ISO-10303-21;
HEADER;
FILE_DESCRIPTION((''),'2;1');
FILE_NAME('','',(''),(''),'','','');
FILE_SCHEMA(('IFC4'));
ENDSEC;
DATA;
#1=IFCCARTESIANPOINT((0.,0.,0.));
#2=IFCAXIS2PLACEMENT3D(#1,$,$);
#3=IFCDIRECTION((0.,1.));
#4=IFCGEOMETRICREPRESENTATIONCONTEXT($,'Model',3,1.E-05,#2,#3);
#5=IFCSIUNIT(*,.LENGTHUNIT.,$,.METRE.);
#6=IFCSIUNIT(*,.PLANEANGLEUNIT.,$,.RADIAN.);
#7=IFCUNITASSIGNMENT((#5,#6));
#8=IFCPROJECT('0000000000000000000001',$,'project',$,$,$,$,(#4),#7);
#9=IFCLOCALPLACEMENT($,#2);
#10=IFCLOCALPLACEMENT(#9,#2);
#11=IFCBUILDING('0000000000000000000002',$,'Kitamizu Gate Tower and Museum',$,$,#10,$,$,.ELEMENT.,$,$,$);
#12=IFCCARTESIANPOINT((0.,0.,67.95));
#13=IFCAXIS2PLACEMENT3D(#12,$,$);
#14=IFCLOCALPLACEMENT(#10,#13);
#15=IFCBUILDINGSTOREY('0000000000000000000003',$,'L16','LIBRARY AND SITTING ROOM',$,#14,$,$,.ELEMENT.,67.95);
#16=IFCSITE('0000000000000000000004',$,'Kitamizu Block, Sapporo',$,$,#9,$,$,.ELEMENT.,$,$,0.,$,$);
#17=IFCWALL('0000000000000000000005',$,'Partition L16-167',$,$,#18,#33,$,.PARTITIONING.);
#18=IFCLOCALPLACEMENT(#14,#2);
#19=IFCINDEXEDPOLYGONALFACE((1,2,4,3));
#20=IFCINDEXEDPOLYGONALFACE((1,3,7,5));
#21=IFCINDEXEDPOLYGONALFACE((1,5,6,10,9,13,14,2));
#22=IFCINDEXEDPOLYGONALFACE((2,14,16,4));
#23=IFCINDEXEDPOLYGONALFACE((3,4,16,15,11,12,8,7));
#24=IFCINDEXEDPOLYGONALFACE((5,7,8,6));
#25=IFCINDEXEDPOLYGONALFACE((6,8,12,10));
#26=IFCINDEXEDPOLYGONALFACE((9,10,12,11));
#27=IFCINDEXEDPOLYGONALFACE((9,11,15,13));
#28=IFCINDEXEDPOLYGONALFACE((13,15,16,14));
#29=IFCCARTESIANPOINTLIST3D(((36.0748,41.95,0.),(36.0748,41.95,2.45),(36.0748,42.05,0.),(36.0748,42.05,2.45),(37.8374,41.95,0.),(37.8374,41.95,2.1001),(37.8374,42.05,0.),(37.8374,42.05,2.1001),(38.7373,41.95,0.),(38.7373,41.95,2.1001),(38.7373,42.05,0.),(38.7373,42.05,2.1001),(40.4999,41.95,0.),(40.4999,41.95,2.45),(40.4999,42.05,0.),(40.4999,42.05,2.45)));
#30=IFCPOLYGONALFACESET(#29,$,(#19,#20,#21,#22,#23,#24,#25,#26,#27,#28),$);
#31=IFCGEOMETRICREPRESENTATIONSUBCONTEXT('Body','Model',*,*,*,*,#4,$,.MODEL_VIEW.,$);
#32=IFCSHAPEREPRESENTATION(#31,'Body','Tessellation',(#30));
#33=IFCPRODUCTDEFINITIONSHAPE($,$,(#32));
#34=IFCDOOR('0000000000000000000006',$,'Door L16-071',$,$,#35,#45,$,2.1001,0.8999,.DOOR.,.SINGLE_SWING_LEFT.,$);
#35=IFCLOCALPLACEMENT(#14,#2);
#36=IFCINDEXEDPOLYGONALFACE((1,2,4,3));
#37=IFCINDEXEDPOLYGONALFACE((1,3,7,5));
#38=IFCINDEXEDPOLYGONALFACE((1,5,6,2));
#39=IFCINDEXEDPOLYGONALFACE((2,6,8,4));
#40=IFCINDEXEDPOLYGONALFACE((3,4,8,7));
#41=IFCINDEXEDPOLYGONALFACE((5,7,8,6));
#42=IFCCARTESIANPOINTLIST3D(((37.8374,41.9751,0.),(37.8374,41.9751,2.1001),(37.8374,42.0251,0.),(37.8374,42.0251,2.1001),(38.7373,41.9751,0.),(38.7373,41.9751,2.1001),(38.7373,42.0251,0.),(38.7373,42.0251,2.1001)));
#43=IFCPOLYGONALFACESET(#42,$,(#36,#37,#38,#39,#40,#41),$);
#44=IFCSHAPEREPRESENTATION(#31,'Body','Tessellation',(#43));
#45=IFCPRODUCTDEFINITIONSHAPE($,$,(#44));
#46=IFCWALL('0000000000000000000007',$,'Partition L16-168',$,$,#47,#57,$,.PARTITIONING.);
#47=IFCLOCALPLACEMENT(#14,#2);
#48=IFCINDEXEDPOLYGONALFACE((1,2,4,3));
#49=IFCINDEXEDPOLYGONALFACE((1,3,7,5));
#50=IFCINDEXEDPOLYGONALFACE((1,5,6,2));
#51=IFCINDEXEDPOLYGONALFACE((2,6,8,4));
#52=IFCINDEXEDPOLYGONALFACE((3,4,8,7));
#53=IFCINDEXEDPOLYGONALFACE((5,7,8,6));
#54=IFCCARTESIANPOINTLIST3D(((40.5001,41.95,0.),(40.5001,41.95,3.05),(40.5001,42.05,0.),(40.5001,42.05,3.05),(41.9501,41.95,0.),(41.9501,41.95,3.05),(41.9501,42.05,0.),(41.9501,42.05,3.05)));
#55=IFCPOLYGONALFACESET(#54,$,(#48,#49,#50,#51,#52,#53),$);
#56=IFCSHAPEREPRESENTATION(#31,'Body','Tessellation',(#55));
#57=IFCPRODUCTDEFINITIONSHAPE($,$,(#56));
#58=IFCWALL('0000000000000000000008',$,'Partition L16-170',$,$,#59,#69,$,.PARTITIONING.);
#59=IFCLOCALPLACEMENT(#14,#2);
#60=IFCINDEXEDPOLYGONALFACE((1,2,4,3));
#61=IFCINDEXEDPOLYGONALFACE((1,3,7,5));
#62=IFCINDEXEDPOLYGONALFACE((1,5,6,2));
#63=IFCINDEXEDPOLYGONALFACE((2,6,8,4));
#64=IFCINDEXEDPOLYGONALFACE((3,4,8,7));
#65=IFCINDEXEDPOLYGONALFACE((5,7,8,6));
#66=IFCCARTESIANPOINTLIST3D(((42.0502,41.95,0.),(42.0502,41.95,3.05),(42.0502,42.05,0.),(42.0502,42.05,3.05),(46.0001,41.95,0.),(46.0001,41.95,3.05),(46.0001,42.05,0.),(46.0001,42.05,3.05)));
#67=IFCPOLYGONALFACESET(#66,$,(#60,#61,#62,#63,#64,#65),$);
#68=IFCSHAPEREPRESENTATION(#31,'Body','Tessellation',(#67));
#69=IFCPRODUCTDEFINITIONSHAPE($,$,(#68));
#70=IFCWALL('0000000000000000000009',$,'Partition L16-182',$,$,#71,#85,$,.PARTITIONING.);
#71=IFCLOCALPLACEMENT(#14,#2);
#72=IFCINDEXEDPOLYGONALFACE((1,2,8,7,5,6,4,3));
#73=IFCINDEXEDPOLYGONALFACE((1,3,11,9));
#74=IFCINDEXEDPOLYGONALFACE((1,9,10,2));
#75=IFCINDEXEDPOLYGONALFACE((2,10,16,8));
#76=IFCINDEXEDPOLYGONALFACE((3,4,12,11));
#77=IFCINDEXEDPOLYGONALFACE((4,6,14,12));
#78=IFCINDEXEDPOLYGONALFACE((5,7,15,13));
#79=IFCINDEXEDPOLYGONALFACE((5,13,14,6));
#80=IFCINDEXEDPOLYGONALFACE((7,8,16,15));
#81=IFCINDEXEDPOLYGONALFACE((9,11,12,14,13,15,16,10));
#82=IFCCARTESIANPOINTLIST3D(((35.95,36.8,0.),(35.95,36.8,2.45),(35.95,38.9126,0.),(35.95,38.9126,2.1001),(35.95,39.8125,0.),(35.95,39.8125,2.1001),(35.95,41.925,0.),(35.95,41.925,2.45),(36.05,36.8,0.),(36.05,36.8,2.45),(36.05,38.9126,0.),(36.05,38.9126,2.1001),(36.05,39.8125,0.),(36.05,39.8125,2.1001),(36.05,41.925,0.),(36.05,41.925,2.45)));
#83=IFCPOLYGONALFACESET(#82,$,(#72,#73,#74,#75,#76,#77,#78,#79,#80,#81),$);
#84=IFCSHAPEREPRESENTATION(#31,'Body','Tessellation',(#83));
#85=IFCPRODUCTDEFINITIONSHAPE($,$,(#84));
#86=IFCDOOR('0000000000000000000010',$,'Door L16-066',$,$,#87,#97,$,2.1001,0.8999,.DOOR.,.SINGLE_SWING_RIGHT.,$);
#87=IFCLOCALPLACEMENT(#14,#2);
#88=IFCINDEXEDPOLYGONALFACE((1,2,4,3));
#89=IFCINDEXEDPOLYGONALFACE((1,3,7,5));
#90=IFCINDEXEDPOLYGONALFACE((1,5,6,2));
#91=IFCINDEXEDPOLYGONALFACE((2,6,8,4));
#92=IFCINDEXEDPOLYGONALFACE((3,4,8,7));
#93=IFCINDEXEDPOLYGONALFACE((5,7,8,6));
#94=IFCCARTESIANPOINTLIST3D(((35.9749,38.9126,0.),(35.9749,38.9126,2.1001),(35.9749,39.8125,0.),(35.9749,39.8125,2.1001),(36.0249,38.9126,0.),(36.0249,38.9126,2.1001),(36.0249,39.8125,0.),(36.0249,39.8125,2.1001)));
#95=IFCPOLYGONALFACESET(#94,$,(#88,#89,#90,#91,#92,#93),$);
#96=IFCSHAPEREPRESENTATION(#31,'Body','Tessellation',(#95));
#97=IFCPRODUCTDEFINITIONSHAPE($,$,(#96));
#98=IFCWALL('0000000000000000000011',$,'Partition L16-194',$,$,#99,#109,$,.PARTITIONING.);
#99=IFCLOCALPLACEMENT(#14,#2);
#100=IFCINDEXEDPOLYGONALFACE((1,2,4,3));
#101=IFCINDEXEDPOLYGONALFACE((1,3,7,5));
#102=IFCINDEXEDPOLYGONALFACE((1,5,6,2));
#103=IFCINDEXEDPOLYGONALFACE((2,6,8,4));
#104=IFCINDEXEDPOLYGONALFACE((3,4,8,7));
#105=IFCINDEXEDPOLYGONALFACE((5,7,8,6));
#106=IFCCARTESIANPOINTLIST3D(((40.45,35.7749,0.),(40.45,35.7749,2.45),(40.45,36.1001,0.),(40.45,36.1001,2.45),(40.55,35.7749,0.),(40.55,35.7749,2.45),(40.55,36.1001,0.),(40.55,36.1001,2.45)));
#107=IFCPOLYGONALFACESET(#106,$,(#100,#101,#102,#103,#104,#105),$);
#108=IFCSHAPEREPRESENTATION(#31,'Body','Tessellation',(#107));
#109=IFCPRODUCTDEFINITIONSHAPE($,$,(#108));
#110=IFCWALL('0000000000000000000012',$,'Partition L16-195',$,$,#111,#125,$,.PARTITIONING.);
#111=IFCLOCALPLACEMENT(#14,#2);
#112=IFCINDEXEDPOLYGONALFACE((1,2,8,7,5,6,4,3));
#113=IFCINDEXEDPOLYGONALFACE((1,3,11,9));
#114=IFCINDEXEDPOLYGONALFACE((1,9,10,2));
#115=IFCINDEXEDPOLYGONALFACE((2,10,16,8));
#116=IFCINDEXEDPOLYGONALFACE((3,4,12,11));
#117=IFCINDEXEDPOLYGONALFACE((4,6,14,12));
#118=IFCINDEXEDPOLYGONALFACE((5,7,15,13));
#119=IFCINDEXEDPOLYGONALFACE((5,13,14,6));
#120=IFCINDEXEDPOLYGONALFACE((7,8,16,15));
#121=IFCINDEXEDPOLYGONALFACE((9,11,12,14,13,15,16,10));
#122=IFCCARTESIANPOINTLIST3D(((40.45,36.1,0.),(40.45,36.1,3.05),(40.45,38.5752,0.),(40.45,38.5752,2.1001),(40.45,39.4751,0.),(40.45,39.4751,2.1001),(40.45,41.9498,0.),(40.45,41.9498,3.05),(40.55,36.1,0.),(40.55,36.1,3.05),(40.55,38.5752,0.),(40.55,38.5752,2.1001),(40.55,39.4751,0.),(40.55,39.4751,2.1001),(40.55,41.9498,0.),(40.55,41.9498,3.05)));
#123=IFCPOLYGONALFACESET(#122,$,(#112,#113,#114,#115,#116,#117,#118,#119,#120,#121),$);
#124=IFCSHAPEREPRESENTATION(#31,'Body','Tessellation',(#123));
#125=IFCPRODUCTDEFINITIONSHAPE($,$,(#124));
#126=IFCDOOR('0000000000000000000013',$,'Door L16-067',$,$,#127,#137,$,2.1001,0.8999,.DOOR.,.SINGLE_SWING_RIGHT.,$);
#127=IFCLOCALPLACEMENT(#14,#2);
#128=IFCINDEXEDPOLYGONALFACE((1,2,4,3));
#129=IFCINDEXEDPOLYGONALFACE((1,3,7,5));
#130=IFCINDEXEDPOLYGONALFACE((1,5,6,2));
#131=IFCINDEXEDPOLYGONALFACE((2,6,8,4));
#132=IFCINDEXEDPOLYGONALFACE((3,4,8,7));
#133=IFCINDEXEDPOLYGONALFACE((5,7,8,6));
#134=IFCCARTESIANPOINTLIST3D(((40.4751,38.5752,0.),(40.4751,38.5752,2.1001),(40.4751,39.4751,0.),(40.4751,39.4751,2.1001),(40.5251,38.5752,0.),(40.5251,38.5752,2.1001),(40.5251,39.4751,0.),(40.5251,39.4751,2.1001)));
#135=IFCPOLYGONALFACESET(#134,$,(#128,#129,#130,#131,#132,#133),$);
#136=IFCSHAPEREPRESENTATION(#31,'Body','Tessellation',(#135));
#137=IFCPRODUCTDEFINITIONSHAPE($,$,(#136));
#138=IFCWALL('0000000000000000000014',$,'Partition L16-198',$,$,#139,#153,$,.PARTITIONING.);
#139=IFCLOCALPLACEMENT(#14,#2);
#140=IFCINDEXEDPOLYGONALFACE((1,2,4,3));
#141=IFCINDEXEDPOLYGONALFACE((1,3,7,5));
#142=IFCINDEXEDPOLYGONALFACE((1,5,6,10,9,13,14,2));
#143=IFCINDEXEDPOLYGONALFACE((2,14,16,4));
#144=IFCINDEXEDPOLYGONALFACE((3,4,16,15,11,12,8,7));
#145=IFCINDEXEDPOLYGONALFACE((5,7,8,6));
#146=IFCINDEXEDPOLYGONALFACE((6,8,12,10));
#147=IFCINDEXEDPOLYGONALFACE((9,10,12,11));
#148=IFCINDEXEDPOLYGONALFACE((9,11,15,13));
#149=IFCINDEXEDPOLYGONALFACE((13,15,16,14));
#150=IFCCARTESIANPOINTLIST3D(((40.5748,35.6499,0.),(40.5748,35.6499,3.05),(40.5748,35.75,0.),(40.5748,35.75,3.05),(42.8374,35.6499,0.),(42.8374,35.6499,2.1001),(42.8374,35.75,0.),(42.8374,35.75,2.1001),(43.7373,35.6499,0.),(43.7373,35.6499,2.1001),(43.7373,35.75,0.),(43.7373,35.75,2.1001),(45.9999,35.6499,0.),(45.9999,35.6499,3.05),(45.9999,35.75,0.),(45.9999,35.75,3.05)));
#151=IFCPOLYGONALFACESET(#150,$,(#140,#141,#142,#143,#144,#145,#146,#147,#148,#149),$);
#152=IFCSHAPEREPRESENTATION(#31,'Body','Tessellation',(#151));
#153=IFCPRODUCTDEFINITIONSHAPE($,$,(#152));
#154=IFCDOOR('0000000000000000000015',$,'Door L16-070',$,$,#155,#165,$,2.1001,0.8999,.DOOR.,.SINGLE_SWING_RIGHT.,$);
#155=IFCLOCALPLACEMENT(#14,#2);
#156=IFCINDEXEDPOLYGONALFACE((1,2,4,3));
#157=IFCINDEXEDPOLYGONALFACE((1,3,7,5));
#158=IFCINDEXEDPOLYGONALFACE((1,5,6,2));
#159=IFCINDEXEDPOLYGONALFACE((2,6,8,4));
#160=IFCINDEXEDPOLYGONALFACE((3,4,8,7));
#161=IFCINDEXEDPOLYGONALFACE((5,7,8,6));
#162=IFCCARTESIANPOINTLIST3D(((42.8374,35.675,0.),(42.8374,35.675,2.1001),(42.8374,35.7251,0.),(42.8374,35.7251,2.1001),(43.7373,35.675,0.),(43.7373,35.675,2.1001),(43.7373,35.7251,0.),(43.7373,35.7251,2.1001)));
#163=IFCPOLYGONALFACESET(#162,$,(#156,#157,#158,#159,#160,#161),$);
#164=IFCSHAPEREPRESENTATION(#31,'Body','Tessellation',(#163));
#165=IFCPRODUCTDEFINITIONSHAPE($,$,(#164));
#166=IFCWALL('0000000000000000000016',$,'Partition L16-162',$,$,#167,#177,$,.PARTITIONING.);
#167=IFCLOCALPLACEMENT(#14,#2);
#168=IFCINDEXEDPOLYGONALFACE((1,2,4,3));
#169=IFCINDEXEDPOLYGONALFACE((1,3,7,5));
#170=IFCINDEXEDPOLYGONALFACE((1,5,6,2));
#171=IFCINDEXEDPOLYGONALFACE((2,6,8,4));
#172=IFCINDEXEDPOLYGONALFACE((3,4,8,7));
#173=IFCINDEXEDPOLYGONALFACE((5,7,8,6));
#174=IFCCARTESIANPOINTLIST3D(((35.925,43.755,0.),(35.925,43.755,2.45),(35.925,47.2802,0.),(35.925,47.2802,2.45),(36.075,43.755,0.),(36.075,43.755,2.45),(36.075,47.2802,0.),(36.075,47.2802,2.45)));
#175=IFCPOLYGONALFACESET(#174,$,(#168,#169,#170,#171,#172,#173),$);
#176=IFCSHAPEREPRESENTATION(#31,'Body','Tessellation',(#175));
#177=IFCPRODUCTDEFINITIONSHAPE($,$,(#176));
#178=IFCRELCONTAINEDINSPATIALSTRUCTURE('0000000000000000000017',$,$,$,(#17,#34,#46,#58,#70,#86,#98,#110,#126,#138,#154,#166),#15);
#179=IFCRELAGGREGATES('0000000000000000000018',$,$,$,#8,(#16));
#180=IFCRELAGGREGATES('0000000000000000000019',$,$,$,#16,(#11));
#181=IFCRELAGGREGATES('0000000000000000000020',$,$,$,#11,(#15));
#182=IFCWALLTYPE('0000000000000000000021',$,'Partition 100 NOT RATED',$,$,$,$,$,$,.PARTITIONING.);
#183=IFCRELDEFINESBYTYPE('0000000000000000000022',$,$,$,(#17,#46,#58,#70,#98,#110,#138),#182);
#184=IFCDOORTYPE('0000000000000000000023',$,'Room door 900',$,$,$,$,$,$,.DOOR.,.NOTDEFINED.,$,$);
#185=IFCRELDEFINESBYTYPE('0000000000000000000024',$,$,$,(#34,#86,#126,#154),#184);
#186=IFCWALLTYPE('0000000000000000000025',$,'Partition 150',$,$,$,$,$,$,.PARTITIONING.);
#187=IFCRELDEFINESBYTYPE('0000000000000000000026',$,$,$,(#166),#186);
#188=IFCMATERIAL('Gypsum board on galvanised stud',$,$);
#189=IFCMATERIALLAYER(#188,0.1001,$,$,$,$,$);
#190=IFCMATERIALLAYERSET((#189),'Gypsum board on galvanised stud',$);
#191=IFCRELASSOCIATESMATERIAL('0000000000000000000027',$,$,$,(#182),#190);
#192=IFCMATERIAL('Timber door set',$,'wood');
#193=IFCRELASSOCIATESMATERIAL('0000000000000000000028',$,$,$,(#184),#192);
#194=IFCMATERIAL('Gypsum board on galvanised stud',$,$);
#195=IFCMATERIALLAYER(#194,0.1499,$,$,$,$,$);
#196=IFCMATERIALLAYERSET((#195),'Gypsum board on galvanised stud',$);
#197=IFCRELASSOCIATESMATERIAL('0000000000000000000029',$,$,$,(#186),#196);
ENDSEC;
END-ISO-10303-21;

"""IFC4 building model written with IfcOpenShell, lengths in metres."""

from ifc_helpers import new_model, si_unit, direction, frame, frame_2d, origin, place, context, subcontext, project, spatial, rectangle, extrude, material, layer, layer_set, type_object, element, fill, save


model = new_model("IFC4")

# Units and contexts
model_context = context("Model", 3, precision=1e-05, world=origin(), true_north=direction((0.0, 1.0)))
body_context = subcontext(model_context, "Body", "Model", "MODEL_VIEW")
ifc_project = project(units=[si_unit("LENGTHUNIT", "METRE"), si_unit("PLANEANGLEUNIT", "RADIAN")], contexts=[model_context])

# Site, building, storey
site_placement = place(None, origin())
site = spatial("IfcSite", under=ifc_project, at=site_placement, Name="Kitamizu Block, Sapporo", CompositionType="ELEMENT", RefElevation=0.0)
building_placement = place(site_placement, origin())
building = spatial("IfcBuilding", under=site, at=building_placement, Name="Kitamizu Gate Tower and Museum", CompositionType="ELEMENT")
storey_placement = place(building_placement, frame((0.0, 0.0, 67.95)))
storey = spatial("IfcBuildingStorey", under=building, at=storey_placement, Name="L16", Description="LIBRARY AND SITTING ROOM", CompositionType="ELEMENT", Elevation=67.95)

# Wall, opening, door
ifc_material_1 = material(Name="Gypsum board on galvanised stud")
ifc_layer_1 = layer(ifc_material_1, 0.1001)
ifc_layer_set_1 = layer_set([ifc_layer_1], Name="Gypsum board on galvanised stud")
wall_type_1 = type_object("IfcWallType", Name="Partition 100 NOT RATED", PredefinedType="PARTITIONING", material=ifc_layer_set_1)
ifc_material_2 = material(Name="Timber door set", Category="wood")
door_type_1 = type_object("IfcDoorType", Name="Room door 900", OperationType="NOTDEFINED", PredefinedType="DOOR", material=ifc_material_2)
wall_1_placement = place(storey_placement, frame((36.075, 42.0, 0.0), z_axis=(0.0, 0.0, 1.0), x_axis=(1.0, 0.0, 0.0)))
wall_1 = element("IfcWall", 1, at=wall_1_placement, inside=storey, type_object=wall_type_1, Name="Partition L16-167", PredefinedType="PARTITIONING", context=body_context, shape_type="SweptSolid", body=[
    extrude(rectangle(XDim=4.425, YDim=0.1001, at=frame_2d((2.2124, 0.0))), origin(), (0.0, 0.0, 1.0), 2.45),
])
opening_1_placement = place(wall_1_placement, frame((1.7625, 0.0, 0.0)))
opening_1 = element("IfcOpeningElement", 2, at=opening_1_placement, cuts=wall_1, PredefinedType="OPENING", context=body_context, shape_type="SweptSolid", body=[
    extrude(rectangle(XDim=0.8999, YDim=2.1001, at=frame_2d((0.45, 1.05))), frame((0.0, 0.0601, 0.0), z_axis=(0.0, -1.0, 0.0), x_axis=(1.0, 0.0, 0.0)), (0.0, 0.0, 1.0), 0.1201),
])
door_1_placement = place(opening_1_placement, frame((0.8999, 0.0, 0.0), x_axis=(-1.0, 0.0, 0.0)))
door_1 = element("IfcDoor", 3, at=door_1_placement, inside=storey, type_object=door_type_1, Name="Door L16-071", OperationType="SINGLE_SWING_LEFT", OverallHeight=2.1001, OverallWidth=0.8999, PredefinedType="DOOR", context=body_context, shape_type="SweptSolid", body=[
    extrude(rectangle(XDim=0.8999, YDim=2.1001, at=frame_2d((0.45, 1.05))), frame((0.0, 0.0249, 0.0), z_axis=(0.0, -1.0, 0.0), x_axis=(1.0, 0.0, 0.0)), (0.0, 0.0, 1.0), 0.05),
])
fill(opening_1, door_1)

# Walls
wall_2_placement = place(storey_placement, frame((40.5, 42.0, 0.0), z_axis=(0.0, 0.0, 1.0), x_axis=(1.0, 0.0, 0.0)))
element("IfcWall", 4, at=wall_2_placement, inside=storey, type_object=wall_type_1, Name="Partition L16-168", PredefinedType="PARTITIONING", context=body_context, shape_type="SweptSolid", body=[
    extrude(rectangle(XDim=1.45, YDim=0.1001, at=frame_2d((0.7251, 0.0))), origin(), (0.0, 0.0, 1.0), 3.05),
])
wall_3_placement = place(storey_placement, frame((42.05, 42.0, 0.0), z_axis=(0.0, 0.0, 1.0), x_axis=(1.0, 0.0, 0.0)))
element("IfcWall", 5, at=wall_3_placement, inside=storey, type_object=wall_type_1, Name="Partition L16-170", PredefinedType="PARTITIONING", context=body_context, shape_type="SweptSolid", body=[
    extrude(rectangle(XDim=3.95, YDim=0.1001, at=frame_2d((1.9751, 0.0))), origin(), (0.0, 0.0, 1.0), 3.05),
])

# Wall, opening, door
wall_4_placement = place(storey_placement, frame((36.0, 36.8, 0.0), z_axis=(0.0, 0.0, 1.0), x_axis=(0.0, 1.0, 0.0)))
wall_4 = element("IfcWall", 6, at=wall_4_placement, inside=storey, type_object=wall_type_1, Name="Partition L16-182", PredefinedType="PARTITIONING", context=body_context, shape_type="SweptSolid", body=[
    extrude(rectangle(XDim=5.125, YDim=0.1001, at=frame_2d((2.5625, 0.0))), origin(), (0.0, 0.0, 1.0), 2.45),
])
opening_2_placement = place(wall_4_placement, frame((2.1125, 0.0, 0.0)))
opening_2 = element("IfcOpeningElement", 7, at=opening_2_placement, cuts=wall_4, PredefinedType="OPENING", context=body_context, shape_type="SweptSolid", body=[
    extrude(rectangle(XDim=0.8999, YDim=2.1001, at=frame_2d((0.45, 1.05))), frame((0.0, 0.0601, 0.0), z_axis=(0.0, -1.0, 0.0), x_axis=(1.0, 0.0, 0.0)), (0.0, 0.0, 1.0), 0.1201),
])
door_2_placement = place(opening_2_placement, frame((0.8999, 0.0, 0.0), x_axis=(-1.0, 0.0, 0.0)))
door_2 = element("IfcDoor", 8, at=door_2_placement, inside=storey, type_object=door_type_1, Name="Door L16-066", OperationType="SINGLE_SWING_RIGHT", OverallHeight=2.1001, OverallWidth=0.8999, PredefinedType="DOOR", context=body_context, shape_type="SweptSolid", body=[
    extrude(rectangle(XDim=0.8999, YDim=2.1001, at=frame_2d((0.45, 1.05))), frame((0.0, 0.0249, 0.0), z_axis=(0.0, -1.0, 0.0), x_axis=(1.0, 0.0, 0.0)), (0.0, 0.0, 1.0), 0.05),
])
fill(opening_2, door_2)

# Wall
wall_5_placement = place(storey_placement, frame((40.5, 35.7749, 0.0), z_axis=(0.0, 0.0, 1.0), x_axis=(0.0, 1.0, 0.0)))
element("IfcWall", 9, at=wall_5_placement, inside=storey, type_object=wall_type_1, Name="Partition L16-194", PredefinedType="PARTITIONING", context=body_context, shape_type="SweptSolid", body=[
    extrude(rectangle(XDim=0.3252, YDim=0.1001, at=frame_2d((0.1626, 0.0))), origin(), (0.0, 0.0, 1.0), 2.45),
])

# Walls, openings, doors
wall_6_placement = place(storey_placement, frame((40.5, 36.1001, 0.0), z_axis=(0.0, 0.0, 1.0), x_axis=(0.0, 1.0, 0.0)))
wall_6 = element("IfcWall", 10, at=wall_6_placement, inside=storey, type_object=wall_type_1, Name="Partition L16-195", PredefinedType="PARTITIONING", context=body_context, shape_type="SweptSolid", body=[
    extrude(rectangle(XDim=5.8499, YDim=0.1001, at=frame_2d((2.9248, 0.0))), origin(), (0.0, 0.0, 1.0), 3.05),
])
opening_3_placement = place(wall_6_placement, frame((2.4751, 0.0, 0.0)))
opening_3 = element("IfcOpeningElement", 11, at=opening_3_placement, cuts=wall_6, PredefinedType="OPENING", context=body_context, shape_type="SweptSolid", body=[
    extrude(rectangle(XDim=0.8999, YDim=2.1001, at=frame_2d((0.45, 1.05))), frame((0.0, 0.0601, 0.0), z_axis=(0.0, -1.0, 0.0), x_axis=(1.0, 0.0, 0.0)), (0.0, 0.0, 1.0), 0.1201),
])
door_3_placement = place(opening_3_placement, origin())
door_3 = element("IfcDoor", 12, at=door_3_placement, inside=storey, type_object=door_type_1, Name="Door L16-067", OperationType="SINGLE_SWING_RIGHT", OverallHeight=2.1001, OverallWidth=0.8999, PredefinedType="DOOR", context=body_context, shape_type="SweptSolid", body=[
    extrude(rectangle(XDim=0.8999, YDim=2.1001, at=frame_2d((0.45, 1.05))), frame((0.0, 0.0249, 0.0), z_axis=(0.0, -1.0, 0.0), x_axis=(1.0, 0.0, 0.0)), (0.0, 0.0, 1.0), 0.05),
])
fill(opening_3, door_3)
wall_7_placement = place(storey_placement, frame((40.575, 35.7, 0.0), z_axis=(0.0, 0.0, 1.0), x_axis=(1.0, 0.0, 0.0)))
wall_7 = element("IfcWall", 13, at=wall_7_placement, inside=storey, type_object=wall_type_1, Name="Partition L16-198", PredefinedType="PARTITIONING", context=body_context, shape_type="SweptSolid", body=[
    extrude(rectangle(XDim=5.425, YDim=0.1001, at=frame_2d((2.7124, 0.0))), origin(), (0.0, 0.0, 1.0), 3.05),
])
opening_4_placement = place(wall_7_placement, frame((2.2625, 0.0, 0.0)))
opening_4 = element("IfcOpeningElement", 14, at=opening_4_placement, cuts=wall_7, PredefinedType="OPENING", context=body_context, shape_type="SweptSolid", body=[
    extrude(rectangle(XDim=0.8999, YDim=2.1001, at=frame_2d((0.45, 1.05))), frame((0.0, 0.0601, 0.0), z_axis=(0.0, -1.0, 0.0), x_axis=(1.0, 0.0, 0.0)), (0.0, 0.0, 1.0), 0.1201),
])
door_4_placement = place(opening_4_placement, frame((0.8999, 0.0, 0.0), x_axis=(-1.0, 0.0, 0.0)))
door_4 = element("IfcDoor", 15, at=door_4_placement, inside=storey, type_object=door_type_1, Name="Door L16-070", OperationType="SINGLE_SWING_RIGHT", OverallHeight=2.1001, OverallWidth=0.8999, PredefinedType="DOOR", context=body_context, shape_type="SweptSolid", body=[
    extrude(rectangle(XDim=0.8999, YDim=2.1001, at=frame_2d((0.45, 1.05))), frame((0.0, 0.0249, 0.0), z_axis=(0.0, -1.0, 0.0), x_axis=(1.0, 0.0, 0.0)), (0.0, 0.0, 1.0), 0.05),
])
fill(opening_4, door_4)

# Wall
ifc_material_3 = material(Name="Gypsum board on galvanised stud")
ifc_layer_2 = layer(ifc_material_3, 0.1499)
ifc_layer_set_2 = layer_set([ifc_layer_2], Name="Gypsum board on galvanised stud")
wall_type_2 = type_object("IfcWallType", Name="Partition 150", PredefinedType="PARTITIONING", material=ifc_layer_set_2)
wall_8_placement = place(storey_placement, frame((36.0, 43.7549, 0.0), z_axis=(0.0, 0.0, 1.0), x_axis=(0.0, 1.0, 0.0)))
element("IfcWall", 16, at=wall_8_placement, inside=storey, type_object=wall_type_2, Name="Partition L16-162", PredefinedType="PARTITIONING", context=body_context, shape_type="SweptSolid", body=[
    extrude(rectangle(XDim=3.5251, YDim=0.1499, at=frame_2d((1.7627, 0.0))), origin(), (0.0, 0.0, 1.0), 2.45),
])

save(model, "model.ifc")
